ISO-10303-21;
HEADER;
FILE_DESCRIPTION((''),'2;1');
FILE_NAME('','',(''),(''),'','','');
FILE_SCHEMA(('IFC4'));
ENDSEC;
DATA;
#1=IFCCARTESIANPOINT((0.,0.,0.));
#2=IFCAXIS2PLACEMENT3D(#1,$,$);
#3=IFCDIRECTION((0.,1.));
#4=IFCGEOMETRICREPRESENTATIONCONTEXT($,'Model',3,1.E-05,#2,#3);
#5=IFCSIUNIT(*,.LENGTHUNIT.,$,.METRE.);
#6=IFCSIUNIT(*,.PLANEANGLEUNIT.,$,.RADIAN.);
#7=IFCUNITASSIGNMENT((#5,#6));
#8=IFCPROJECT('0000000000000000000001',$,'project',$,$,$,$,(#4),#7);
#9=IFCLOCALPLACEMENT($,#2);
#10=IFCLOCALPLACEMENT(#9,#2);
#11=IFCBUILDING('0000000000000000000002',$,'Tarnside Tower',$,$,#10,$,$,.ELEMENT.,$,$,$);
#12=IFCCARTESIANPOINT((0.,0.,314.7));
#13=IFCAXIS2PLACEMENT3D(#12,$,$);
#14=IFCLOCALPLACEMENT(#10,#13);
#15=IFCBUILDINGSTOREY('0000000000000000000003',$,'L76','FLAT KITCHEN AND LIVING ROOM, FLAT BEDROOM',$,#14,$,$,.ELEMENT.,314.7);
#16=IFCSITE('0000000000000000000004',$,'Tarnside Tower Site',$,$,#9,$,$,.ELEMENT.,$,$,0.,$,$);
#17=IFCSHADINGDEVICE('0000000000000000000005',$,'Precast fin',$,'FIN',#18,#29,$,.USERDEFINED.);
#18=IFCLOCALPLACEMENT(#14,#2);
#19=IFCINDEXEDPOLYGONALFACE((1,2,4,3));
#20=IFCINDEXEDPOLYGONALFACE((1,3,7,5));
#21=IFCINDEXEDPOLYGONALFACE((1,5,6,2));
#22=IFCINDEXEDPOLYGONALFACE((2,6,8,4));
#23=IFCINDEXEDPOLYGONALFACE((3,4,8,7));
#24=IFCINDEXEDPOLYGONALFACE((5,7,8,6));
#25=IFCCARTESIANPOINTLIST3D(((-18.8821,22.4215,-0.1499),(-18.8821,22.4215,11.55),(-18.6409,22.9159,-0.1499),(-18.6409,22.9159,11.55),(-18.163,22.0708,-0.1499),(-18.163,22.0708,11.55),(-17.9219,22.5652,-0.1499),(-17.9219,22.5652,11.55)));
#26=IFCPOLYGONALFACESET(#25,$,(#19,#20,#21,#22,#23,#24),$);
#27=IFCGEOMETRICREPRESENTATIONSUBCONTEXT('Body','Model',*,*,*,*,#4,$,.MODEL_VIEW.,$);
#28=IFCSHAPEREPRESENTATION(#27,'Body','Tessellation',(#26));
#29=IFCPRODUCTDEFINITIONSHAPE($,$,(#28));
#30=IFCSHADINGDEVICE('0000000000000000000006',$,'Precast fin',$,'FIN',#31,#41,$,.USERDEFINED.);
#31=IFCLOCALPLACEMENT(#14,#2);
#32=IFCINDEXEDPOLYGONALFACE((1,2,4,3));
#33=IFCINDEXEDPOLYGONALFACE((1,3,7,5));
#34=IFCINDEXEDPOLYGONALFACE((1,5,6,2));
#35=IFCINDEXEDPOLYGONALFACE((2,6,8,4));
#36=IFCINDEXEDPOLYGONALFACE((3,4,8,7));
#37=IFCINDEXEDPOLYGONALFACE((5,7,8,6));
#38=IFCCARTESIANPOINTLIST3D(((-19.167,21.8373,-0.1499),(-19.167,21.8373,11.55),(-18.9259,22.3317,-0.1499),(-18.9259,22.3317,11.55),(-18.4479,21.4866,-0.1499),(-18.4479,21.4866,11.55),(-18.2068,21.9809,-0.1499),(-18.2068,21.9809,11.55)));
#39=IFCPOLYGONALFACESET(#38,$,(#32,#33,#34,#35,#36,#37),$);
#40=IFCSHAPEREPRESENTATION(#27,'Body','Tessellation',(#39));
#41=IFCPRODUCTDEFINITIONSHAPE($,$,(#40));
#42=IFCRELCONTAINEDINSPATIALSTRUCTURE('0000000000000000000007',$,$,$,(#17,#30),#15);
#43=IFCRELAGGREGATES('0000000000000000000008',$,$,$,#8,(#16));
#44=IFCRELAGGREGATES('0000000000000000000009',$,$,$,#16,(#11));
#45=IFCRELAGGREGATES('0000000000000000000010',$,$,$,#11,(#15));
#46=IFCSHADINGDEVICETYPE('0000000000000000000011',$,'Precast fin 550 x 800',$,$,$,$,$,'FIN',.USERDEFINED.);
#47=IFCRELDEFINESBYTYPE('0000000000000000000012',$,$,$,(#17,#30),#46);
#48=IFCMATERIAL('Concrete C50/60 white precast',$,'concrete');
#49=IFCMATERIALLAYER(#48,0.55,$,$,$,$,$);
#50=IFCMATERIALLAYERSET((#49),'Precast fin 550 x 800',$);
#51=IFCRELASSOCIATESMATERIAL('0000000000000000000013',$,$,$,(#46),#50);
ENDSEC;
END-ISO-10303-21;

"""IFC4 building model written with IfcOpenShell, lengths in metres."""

from ifc_helpers import new_model, si_unit, direction, frame, origin, place, context, subcontext, project, spatial, polyline, outline, extrude, material, layer, layer_set, type_object, element, save


model = new_model("IFC4")

# Units and contexts
model_context = context("Model", 3, precision=1e-05, world=origin(), true_north=direction((0.0, 1.0)))
body_context = subcontext(model_context, "Body", "Model", "MODEL_VIEW")
ifc_project = project(units=[si_unit("LENGTHUNIT", "METRE"), si_unit("PLANEANGLEUNIT", "RADIAN")], contexts=[model_context])

# Site, building, storey
site_placement = place(None, origin())
site = spatial("IfcSite", under=ifc_project, at=site_placement, Name="Tarnside Tower Site", CompositionType="ELEMENT", RefElevation=0.0)
building_placement = place(site_placement, origin())
building = spatial("IfcBuilding", under=site, at=building_placement, Name="Tarnside Tower", CompositionType="ELEMENT")
storey_placement = place(building_placement, frame((0.0, 0.0, 314.7)))
storey = spatial("IfcBuildingStorey", under=building, at=storey_placement, Name="L76", Description="FLAT KITCHEN AND LIVING ROOM, FLAT BEDROOM", CompositionType="ELEMENT", Elevation=314.7)

# Shading devices
ifc_material_1 = material(Name="Concrete C50/60 white precast", Category="concrete")
ifc_layer_1 = layer(ifc_material_1, 0.55)
ifc_layer_set_1 = layer_set([ifc_layer_1], Name="Precast fin 550 x 800")
shading_device_type_1 = type_object("IfcShadingDeviceType", Name="Precast fin 550 x 800", ElementType="FIN", PredefinedType="USERDEFINED", material=ifc_layer_set_1)
for number, where, z_axis, x_axis, name in (
    (1, (-18.0425, 22.3179, -0.1499), (0.438371, 0.898794, 0.0), (-0.898794, 0.438371, 0.0), "Precast fin"),
    (2, (-18.3274, 21.7336, -0.1499), (0.438371, 0.898794, 0.0), (-0.898794, 0.438371, 0.0), "Precast fin"),
):
    element("IfcShadingDevice", number, at=place(storey_placement, frame(where, z_axis=z_axis, x_axis=x_axis)), inside=storey, type_object=shading_device_type_1, Name=name, ObjectType="FIN", PredefinedType="USERDEFINED", context=body_context, shape_type="SweptSolid", body=[
        extrude(outline(polyline([(0.0, 0.0), (0.8, 0.0), (0.8, 11.7), (0.0, 11.7), (0.0, 0.0)])), frame((0.0, 0.0, -0.2749)), (0.0, 0.0, 1.0), 0.55),
    ])

save(model, "model.ifc")
